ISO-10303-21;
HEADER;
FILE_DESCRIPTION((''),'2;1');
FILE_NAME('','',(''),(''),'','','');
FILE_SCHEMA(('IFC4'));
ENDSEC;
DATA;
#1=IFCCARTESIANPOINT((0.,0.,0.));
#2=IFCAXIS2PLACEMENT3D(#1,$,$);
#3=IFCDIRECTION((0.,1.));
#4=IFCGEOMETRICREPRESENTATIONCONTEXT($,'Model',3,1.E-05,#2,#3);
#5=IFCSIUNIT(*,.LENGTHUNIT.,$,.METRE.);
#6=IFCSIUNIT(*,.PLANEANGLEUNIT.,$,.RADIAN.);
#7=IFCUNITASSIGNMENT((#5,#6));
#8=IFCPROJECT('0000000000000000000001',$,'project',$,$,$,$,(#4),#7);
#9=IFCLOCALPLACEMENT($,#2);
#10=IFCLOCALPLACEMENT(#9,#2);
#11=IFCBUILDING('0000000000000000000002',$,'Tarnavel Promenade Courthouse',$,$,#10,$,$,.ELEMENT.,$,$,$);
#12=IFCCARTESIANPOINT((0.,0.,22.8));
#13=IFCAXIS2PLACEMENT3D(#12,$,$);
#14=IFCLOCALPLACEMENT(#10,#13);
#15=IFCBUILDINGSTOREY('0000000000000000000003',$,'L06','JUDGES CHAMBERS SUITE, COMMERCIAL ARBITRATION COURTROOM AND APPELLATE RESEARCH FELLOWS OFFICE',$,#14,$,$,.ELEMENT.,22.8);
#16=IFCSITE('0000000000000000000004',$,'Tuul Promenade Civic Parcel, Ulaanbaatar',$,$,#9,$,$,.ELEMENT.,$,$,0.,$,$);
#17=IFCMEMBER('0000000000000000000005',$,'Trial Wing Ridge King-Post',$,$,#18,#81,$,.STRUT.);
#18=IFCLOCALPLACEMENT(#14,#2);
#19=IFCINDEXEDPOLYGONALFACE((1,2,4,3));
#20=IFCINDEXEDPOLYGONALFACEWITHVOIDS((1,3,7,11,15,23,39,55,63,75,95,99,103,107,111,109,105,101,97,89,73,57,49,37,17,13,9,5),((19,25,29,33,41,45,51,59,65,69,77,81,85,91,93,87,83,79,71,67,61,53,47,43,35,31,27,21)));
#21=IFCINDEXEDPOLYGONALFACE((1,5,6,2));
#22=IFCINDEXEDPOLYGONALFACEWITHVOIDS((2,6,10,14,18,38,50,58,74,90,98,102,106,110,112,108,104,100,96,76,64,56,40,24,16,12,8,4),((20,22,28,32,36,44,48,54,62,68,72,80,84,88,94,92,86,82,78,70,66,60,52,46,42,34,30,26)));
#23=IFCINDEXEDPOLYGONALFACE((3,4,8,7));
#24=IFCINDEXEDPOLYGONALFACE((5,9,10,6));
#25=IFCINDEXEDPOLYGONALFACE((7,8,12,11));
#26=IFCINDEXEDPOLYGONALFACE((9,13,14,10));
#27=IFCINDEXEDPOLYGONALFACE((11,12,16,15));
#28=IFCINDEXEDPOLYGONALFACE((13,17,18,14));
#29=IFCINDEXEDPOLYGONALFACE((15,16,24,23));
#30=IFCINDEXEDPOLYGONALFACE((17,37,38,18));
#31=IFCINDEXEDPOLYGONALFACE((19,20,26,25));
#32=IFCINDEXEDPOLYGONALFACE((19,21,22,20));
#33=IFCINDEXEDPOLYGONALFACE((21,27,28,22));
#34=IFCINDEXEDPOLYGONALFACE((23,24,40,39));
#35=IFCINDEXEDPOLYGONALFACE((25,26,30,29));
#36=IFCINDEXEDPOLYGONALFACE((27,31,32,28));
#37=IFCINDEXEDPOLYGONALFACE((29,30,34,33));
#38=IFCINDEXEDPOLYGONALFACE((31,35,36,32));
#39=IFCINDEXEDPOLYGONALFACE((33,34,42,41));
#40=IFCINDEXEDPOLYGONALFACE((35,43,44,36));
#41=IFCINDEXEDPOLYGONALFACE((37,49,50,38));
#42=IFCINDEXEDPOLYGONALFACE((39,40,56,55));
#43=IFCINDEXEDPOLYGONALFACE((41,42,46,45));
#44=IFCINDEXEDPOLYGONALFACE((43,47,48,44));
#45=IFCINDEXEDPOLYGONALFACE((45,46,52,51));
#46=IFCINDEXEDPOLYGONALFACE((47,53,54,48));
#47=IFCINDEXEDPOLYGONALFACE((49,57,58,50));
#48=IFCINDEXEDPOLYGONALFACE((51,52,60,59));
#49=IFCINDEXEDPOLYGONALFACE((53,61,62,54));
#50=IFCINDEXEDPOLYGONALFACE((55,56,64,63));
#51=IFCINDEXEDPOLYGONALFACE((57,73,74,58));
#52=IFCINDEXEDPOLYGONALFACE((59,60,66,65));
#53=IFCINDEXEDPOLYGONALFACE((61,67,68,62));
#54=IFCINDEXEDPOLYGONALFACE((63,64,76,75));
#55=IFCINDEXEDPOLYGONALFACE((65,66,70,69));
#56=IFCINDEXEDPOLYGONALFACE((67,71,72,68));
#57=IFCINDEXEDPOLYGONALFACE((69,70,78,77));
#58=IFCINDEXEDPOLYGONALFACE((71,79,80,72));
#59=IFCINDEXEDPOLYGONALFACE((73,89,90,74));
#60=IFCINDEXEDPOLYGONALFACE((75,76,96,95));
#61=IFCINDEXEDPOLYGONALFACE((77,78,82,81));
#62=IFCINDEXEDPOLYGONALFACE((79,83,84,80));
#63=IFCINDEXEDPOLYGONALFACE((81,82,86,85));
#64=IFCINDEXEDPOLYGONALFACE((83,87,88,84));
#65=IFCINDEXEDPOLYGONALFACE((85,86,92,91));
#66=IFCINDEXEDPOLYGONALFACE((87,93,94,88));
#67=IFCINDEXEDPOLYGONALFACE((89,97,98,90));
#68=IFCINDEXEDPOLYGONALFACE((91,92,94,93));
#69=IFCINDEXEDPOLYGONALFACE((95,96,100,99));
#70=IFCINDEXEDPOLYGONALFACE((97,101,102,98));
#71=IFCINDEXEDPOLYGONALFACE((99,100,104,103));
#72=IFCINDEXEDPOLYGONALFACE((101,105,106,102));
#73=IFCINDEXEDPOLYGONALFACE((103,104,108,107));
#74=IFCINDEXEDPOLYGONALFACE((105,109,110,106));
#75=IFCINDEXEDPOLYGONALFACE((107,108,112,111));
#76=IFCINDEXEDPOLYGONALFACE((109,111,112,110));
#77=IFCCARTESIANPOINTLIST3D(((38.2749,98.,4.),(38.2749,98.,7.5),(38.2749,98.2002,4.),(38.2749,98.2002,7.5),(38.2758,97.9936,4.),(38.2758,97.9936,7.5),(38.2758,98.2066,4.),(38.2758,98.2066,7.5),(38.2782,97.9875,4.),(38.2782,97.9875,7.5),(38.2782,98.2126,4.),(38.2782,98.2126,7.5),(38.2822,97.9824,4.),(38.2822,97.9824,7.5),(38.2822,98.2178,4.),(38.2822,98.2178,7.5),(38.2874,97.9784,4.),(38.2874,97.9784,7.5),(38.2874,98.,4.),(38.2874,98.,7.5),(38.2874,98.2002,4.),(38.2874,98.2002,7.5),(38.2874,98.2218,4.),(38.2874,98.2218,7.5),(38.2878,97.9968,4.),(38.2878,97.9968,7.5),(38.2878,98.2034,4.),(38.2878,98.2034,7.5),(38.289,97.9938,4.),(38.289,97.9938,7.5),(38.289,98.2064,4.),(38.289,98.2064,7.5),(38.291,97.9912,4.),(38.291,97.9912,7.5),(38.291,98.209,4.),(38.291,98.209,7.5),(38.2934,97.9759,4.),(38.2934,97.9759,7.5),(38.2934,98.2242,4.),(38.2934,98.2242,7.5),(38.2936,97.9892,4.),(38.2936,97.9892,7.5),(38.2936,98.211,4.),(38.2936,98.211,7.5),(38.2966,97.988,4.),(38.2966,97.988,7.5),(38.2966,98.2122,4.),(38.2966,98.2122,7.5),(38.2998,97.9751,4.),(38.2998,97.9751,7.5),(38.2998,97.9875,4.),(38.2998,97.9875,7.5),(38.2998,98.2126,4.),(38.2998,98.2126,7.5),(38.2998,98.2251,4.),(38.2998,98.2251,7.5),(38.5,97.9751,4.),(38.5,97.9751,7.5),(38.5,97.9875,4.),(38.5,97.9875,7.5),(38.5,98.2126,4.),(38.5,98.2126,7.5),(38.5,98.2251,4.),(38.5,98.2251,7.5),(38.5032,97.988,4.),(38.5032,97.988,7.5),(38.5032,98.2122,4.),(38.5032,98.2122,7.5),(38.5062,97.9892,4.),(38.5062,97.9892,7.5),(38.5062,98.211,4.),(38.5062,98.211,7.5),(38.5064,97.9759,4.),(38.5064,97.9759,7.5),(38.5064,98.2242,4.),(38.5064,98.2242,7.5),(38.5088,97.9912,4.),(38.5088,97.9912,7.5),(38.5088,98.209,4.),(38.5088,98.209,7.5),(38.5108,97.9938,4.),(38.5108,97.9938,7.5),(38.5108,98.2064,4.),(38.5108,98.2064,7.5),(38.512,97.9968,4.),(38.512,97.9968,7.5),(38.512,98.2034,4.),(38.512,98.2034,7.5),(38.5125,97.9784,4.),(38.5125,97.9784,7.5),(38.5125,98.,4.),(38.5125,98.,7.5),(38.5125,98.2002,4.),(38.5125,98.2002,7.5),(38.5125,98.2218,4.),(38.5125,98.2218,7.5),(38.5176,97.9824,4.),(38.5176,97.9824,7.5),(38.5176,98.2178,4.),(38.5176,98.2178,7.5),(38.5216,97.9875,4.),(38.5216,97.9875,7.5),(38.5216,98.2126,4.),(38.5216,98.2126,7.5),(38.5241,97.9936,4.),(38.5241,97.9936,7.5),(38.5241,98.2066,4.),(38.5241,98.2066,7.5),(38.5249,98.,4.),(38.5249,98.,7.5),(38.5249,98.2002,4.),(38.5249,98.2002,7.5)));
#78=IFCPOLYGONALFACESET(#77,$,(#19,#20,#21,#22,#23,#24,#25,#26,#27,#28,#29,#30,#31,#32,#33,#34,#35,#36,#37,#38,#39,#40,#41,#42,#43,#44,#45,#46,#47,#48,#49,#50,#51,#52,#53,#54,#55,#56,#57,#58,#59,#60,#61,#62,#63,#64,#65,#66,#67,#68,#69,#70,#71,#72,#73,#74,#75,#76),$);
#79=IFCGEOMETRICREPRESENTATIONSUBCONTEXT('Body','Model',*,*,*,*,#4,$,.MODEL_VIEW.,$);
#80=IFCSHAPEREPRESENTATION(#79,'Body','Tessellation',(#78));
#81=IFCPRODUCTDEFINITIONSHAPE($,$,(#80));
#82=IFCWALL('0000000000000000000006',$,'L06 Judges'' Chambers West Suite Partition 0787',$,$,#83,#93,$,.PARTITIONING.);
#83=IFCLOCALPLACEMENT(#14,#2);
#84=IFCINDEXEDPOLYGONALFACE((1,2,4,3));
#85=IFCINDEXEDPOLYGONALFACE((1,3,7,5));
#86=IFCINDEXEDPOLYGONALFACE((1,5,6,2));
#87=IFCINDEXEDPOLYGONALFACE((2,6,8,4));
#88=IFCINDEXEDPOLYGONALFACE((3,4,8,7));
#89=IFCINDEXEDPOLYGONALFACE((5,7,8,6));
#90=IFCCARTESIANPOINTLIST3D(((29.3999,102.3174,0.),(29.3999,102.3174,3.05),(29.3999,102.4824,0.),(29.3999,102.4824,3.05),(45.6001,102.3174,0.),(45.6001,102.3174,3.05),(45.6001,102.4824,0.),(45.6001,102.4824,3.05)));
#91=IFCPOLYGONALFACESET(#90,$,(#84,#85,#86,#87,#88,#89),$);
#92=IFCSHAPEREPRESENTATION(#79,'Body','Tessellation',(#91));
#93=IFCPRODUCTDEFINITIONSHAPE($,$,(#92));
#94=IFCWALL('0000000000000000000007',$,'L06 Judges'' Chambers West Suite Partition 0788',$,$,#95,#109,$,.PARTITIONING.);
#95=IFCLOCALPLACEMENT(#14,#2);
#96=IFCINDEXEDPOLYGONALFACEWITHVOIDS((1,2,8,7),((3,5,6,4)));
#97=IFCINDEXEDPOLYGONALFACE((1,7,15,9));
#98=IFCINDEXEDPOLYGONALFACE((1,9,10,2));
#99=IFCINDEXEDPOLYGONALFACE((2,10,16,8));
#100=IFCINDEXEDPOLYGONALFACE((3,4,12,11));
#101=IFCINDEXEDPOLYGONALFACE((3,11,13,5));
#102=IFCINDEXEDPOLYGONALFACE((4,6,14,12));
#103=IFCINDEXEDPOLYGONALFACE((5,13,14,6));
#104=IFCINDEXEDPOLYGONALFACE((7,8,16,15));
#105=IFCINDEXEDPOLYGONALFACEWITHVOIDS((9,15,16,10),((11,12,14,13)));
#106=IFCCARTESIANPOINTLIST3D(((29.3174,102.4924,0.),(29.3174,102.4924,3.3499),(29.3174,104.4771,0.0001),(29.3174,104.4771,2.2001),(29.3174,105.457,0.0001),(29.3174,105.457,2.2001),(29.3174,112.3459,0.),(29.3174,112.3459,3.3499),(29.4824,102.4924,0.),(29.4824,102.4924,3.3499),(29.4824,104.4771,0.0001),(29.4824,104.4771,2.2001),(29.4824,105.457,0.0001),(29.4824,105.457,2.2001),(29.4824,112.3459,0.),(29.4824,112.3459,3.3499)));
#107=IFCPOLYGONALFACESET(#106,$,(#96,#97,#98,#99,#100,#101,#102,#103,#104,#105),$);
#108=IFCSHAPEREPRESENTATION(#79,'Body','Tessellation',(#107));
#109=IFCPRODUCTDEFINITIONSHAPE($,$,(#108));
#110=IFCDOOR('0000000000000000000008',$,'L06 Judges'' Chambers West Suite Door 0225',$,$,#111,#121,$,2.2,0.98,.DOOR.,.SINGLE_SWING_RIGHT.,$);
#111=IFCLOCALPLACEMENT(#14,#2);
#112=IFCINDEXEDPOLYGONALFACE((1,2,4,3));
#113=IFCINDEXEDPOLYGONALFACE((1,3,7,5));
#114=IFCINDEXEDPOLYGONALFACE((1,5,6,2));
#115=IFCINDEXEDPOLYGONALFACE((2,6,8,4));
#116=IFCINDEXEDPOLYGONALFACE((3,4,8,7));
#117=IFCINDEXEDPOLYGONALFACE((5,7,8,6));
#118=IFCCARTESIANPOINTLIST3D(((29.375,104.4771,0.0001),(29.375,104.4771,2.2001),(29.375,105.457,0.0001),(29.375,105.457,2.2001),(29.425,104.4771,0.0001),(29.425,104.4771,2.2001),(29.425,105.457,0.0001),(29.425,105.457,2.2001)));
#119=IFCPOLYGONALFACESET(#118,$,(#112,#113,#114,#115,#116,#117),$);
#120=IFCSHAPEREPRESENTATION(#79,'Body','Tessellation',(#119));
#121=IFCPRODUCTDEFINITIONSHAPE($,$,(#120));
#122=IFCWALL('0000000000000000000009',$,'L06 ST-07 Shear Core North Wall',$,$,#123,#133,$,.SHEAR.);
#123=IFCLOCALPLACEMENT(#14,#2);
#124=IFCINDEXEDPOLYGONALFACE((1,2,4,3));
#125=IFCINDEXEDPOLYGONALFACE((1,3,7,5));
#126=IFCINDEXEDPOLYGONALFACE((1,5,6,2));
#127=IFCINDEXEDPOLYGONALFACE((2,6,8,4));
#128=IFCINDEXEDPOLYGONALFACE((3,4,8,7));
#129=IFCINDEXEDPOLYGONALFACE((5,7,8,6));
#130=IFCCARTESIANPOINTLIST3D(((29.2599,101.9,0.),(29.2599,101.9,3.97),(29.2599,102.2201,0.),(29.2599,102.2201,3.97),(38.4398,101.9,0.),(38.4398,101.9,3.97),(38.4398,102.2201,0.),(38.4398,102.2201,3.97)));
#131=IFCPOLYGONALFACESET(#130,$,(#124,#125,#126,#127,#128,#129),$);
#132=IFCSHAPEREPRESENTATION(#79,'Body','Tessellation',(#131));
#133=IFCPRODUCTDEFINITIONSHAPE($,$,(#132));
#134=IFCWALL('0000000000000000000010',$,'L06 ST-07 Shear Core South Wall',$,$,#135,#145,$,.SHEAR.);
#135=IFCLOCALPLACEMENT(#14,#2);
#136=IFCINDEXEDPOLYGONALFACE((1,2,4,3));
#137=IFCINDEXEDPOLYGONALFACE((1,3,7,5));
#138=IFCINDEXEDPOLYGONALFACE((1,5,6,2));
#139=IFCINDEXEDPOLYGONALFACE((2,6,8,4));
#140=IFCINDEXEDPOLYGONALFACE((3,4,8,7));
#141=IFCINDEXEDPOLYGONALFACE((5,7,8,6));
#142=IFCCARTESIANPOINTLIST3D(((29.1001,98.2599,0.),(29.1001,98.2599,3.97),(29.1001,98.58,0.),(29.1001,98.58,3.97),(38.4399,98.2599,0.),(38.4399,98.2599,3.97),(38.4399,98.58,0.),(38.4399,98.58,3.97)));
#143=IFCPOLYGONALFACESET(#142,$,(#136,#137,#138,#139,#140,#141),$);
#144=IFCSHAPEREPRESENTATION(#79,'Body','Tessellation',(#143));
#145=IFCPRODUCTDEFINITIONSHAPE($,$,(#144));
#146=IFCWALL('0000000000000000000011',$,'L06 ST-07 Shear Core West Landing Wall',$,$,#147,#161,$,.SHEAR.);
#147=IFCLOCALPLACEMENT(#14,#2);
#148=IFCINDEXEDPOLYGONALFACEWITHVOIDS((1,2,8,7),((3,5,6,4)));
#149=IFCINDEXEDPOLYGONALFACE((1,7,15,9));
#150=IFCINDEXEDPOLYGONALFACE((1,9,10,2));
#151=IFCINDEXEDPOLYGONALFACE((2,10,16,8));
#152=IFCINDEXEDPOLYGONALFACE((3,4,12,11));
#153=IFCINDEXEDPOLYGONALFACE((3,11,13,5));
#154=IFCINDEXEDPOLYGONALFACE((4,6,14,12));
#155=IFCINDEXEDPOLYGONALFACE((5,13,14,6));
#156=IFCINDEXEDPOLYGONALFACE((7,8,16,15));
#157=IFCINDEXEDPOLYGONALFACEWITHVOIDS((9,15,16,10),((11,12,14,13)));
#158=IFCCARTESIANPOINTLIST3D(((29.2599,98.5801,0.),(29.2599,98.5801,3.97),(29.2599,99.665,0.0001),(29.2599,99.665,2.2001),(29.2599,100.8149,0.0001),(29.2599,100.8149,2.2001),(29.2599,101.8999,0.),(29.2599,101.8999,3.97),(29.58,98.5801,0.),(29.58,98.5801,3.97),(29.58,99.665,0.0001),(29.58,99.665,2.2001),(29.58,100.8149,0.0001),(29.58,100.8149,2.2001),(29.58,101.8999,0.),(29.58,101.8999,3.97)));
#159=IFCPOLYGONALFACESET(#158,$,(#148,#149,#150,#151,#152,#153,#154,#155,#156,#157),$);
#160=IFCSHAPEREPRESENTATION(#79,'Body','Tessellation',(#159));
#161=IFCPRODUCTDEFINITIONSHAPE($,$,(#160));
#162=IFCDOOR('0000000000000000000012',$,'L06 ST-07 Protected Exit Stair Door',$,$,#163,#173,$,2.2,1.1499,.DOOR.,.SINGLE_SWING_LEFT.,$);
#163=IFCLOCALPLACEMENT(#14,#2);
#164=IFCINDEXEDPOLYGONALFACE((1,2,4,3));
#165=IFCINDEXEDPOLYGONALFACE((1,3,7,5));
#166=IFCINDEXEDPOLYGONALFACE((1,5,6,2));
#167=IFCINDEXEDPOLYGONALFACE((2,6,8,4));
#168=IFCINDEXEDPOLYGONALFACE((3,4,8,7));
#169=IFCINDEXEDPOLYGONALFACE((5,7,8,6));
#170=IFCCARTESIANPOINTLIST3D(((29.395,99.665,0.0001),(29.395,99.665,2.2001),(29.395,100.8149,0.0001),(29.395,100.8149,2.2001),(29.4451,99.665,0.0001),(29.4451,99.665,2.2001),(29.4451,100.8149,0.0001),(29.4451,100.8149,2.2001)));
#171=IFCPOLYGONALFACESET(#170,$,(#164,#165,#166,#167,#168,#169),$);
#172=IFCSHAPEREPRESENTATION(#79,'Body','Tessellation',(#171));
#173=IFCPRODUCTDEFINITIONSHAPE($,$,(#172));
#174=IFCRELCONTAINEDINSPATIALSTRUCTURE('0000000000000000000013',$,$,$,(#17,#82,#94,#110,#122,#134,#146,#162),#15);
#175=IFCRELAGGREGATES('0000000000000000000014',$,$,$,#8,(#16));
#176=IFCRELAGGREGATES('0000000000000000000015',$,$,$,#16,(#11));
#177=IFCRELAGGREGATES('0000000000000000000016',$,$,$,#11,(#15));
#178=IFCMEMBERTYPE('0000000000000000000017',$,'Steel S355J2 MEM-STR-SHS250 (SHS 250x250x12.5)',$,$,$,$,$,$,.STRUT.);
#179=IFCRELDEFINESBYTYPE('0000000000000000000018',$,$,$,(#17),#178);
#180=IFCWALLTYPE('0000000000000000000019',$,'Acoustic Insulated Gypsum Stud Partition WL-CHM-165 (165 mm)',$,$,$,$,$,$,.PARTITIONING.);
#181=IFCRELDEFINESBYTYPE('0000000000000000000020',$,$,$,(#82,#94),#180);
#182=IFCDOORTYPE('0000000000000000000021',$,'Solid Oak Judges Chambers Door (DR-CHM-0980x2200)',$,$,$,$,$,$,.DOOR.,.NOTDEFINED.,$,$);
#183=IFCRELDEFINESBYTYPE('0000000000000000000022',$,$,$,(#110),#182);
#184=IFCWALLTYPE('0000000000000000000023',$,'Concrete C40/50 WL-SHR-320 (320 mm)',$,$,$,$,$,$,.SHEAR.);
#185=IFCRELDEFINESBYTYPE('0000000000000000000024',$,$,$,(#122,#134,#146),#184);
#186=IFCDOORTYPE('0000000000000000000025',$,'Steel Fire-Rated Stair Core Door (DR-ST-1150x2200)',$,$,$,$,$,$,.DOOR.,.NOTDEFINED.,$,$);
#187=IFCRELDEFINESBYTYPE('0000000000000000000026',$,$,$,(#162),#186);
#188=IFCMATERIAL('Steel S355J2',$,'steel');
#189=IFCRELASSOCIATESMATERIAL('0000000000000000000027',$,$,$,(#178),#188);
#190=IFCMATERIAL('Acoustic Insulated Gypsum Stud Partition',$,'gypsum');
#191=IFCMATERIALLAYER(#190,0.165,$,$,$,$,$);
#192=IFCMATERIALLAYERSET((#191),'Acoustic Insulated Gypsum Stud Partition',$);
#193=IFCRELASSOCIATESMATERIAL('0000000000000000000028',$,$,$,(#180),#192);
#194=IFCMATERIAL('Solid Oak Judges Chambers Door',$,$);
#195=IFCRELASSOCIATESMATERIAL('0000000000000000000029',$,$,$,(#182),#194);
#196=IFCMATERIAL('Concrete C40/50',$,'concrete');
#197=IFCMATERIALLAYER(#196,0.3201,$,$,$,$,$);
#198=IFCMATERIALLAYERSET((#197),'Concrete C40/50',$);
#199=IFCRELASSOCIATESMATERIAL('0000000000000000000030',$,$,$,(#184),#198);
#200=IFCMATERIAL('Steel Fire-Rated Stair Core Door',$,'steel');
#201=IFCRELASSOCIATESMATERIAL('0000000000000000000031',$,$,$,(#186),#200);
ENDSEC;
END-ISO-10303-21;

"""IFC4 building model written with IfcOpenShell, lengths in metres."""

from ifc_helpers import new_model, si_unit, direction, frame, frame_2d, origin, origin_2d, place, context, subcontext, project, spatial, rectangle, hollow_rectangle, extrude, material, layer, layer_set, material_profile, profile_set, type_object, element, fill, save


model = new_model("IFC4")

# Units and contexts
model_context = context("Model", 3, precision=1e-05, world=origin(), true_north=direction((0.0, 1.0)))
body_context = subcontext(model_context, "Body", "Model", "MODEL_VIEW")
ifc_project = project(units=[si_unit("LENGTHUNIT", "METRE"), si_unit("PLANEANGLEUNIT", "RADIAN")], contexts=[model_context])

# Site, building, storey
site_placement = place(None, origin())
site = spatial("IfcSite", under=ifc_project, at=site_placement, Name="Tuul Promenade Civic Parcel, Ulaanbaatar", CompositionType="ELEMENT", RefElevation=0.0)
building_placement = place(site_placement, origin())
building = spatial("IfcBuilding", under=site, at=building_placement, Name="Tarnavel Promenade Courthouse", CompositionType="ELEMENT")
storey_placement = place(building_placement, frame((0.0, 0.0, 22.8)))
storey = spatial("IfcBuildingStorey", under=building, at=storey_placement, Name="L06", Description="JUDGES CHAMBERS SUITE, COMMERCIAL ARBITRATION COURTROOM AND APPELLATE RESEARCH FELLOWS OFFICE", CompositionType="ELEMENT", Elevation=22.8)

# Shared definitions
ifc_material_1 = material(Name="Concrete C40/50", Category="concrete")

# Shared definitions
ifc_material_2 = material(Name="Steel S355J2", Category="steel")

# Member
ifc_material_profile_1 = material_profile(ifc_material_2, hollow_rectangle(XDim=0.25, YDim=0.25, WallThickness=0.0125, InnerFilletRadius=0.0125, OuterFilletRadius=0.0249, at=origin_2d()), Name="SHS 250x250x12.5")
ifc_profile_set_1 = profile_set([ifc_material_profile_1], Name="Steel S355J2")
member_type_1 = type_object("IfcMemberType", Name="Steel S355J2 MEM-STR-SHS250 (SHS 250x250x12.5)", PredefinedType="STRUT", material=ifc_profile_set_1)
member_1_placement = place(storey_placement, frame((38.3999, 98.1001, 4.0), z_axis=(0.0, 0.0, 1.0), x_axis=(1.0, 0.0, 0.0)))
element("IfcMember", 1, at=member_1_placement, inside=storey, type_object=member_type_1, Name="Trial Wing Ridge King-Post", PredefinedType="STRUT", context=body_context, shape_type="SweptSolid", body=[
    extrude(hollow_rectangle(XDim=0.25, YDim=0.25, WallThickness=0.0125, InnerFilletRadius=0.0125, OuterFilletRadius=0.0249, at=origin_2d()), origin(), (0.0, 0.0, 1.0), 3.5),
])

# Wall
ifc_material_3 = material(Name="Acoustic Insulated Gypsum Stud Partition", Category="gypsum")
ifc_layer_1 = layer(ifc_material_3, 0.165)
ifc_layer_set_1 = layer_set([ifc_layer_1], Name="Acoustic Insulated Gypsum Stud Partition")
wall_type_1 = type_object("IfcWallType", Name="Acoustic Insulated Gypsum Stud Partition WL-CHM-165 (165 mm)", PredefinedType="PARTITIONING", material=ifc_layer_set_1)
wall_1_placement = place(storey_placement, frame((45.6001, 102.3999, 0.0), z_axis=(0.0, 0.0, 1.0), x_axis=(-1.0, 0.0, 0.0)))
element("IfcWall", 2, at=wall_1_placement, inside=storey, type_object=wall_type_1, Name="L06 Judges' Chambers West Suite Partition 0787", PredefinedType="PARTITIONING", context=body_context, shape_type="SweptSolid", body=[
    extrude(rectangle(XDim=16.2002, YDim=0.165, at=frame_2d((8.1001, 0.0))), origin(), (0.0, 0.0, 1.0), 3.05),
])

# Wall, opening, door
wall_2_placement = place(storey_placement, frame((29.3999, 102.4924, 0.0), z_axis=(0.0, 0.0, 1.0), x_axis=(0.0, 1.0, 0.0)))
wall_2 = element("IfcWall", 3, at=wall_2_placement, inside=storey, type_object=wall_type_1, Name="L06 Judges' Chambers West Suite Partition 0788", PredefinedType="PARTITIONING", context=body_context, shape_type="SweptSolid", body=[
    extrude(rectangle(XDim=9.8535, YDim=0.165, at=frame_2d((4.9268, 0.0))), origin(), (0.0, 0.0, 1.0), 3.3499),
])
opening_1_placement = place(wall_2_placement, frame((1.9846, 0.0, 0.0)))
opening_1 = element("IfcOpeningElement", 4, at=opening_1_placement, cuts=wall_2, PredefinedType="OPENING", context=body_context, shape_type="SweptSolid", body=[
    extrude(rectangle(XDim=0.98, YDim=2.2, at=frame_2d((0.49, 1.1001))), frame((0.0, 0.0925, 0.0), z_axis=(0.0, -1.0, 0.0), x_axis=(1.0, 0.0, 0.0)), (0.0, 0.0, 1.0), 0.1851),
])
ifc_material_4 = material(Name="Solid Oak Judges Chambers Door")
door_type_1 = type_object("IfcDoorType", Name="Solid Oak Judges Chambers Door (DR-CHM-0980x2200)", OperationType="NOTDEFINED", PredefinedType="DOOR", material=ifc_material_4)
door_1_placement = place(opening_1_placement, origin())
door_1 = element("IfcDoor", 5, at=door_1_placement, inside=storey, type_object=door_type_1, Name="L06 Judges' Chambers West Suite Door 0225", OperationType="SINGLE_SWING_RIGHT", OverallHeight=2.2, OverallWidth=0.98, PredefinedType="DOOR", context=body_context, shape_type="SweptSolid", body=[
    extrude(rectangle(XDim=0.98, YDim=2.2, at=frame_2d((0.49, 1.1001))), frame((0.0, 0.0249, 0.0), z_axis=(0.0, -1.0, 0.0), x_axis=(1.0, 0.0, 0.0)), (0.0, 0.0, 1.0), 0.05),
])
fill(opening_1, door_1)

# Walls
ifc_layer_2 = layer(ifc_material_1, 0.3201)
ifc_layer_set_2 = layer_set([ifc_layer_2], Name="Concrete C40/50")
wall_type_2 = type_object("IfcWallType", Name="Concrete C40/50 WL-SHR-320 (320 mm)", PredefinedType="SHEAR", material=ifc_layer_set_2)
wall_3_placement = place(storey_placement, frame((29.26, 102.0601, 0.0), z_axis=(0.0, 0.0, 1.0), x_axis=(1.0, 0.0, 0.0)))
element("IfcWall", 6, at=wall_3_placement, inside=storey, type_object=wall_type_2, Name="L06 ST-07 Shear Core North Wall", PredefinedType="SHEAR", context=body_context, shape_type="SweptSolid", body=[
    extrude(rectangle(XDim=9.1799, YDim=0.3201, at=frame_2d((4.5898, 0.0))), origin(), (0.0, 0.0, 1.0), 3.97),
])
wall_4_placement = place(storey_placement, frame((38.4399, 98.4199, 0.0), z_axis=(0.0, 0.0, 1.0), x_axis=(-1.0, 0.0, 0.0)))
element("IfcWall", 7, at=wall_4_placement, inside=storey, type_object=wall_type_2, Name="L06 ST-07 Shear Core South Wall", PredefinedType="SHEAR", context=body_context, shape_type="SweptSolid", body=[
    extrude(rectangle(XDim=9.3398, YDim=0.3201, at=frame_2d((4.6699, 0.0))), origin(), (0.0, 0.0, 1.0), 3.97),
])

# Wall, opening, door
wall_5_placement = place(storey_placement, frame((29.4199, 98.5801, 0.0), z_axis=(0.0, 0.0, 1.0), x_axis=(0.0, 1.0, 0.0)))
wall_5 = element("IfcWall", 8, at=wall_5_placement, inside=storey, type_object=wall_type_2, Name="L06 ST-07 Shear Core West Landing Wall", PredefinedType="SHEAR", context=body_context, shape_type="SweptSolid", body=[
    extrude(rectangle(XDim=3.3198, YDim=0.3201, at=frame_2d((1.6599, 0.0))), origin(), (0.0, 0.0, 1.0), 3.97),
])
opening_2_placement = place(wall_5_placement, frame((1.085, 0.0, 0.0)))
opening_2 = element("IfcOpeningElement", 9, at=opening_2_placement, cuts=wall_5, PredefinedType="OPENING", context=body_context, shape_type="SweptSolid", body=[
    extrude(rectangle(XDim=1.1499, YDim=2.2, at=frame_2d((0.575, 1.1001))), frame((0.0, 0.1699, 0.0), z_axis=(0.0, -1.0, 0.0), x_axis=(1.0, 0.0, 0.0)), (0.0, 0.0, 1.0), 0.3401),
])
ifc_material_5 = material(Name="Steel Fire-Rated Stair Core Door", Category="steel")
door_type_2 = type_object("IfcDoorType", Name="Steel Fire-Rated Stair Core Door (DR-ST-1150x2200)", OperationType="NOTDEFINED", PredefinedType="DOOR", material=ifc_material_5)
door_2_placement = place(opening_2_placement, origin())
door_2 = element("IfcDoor", 10, at=door_2_placement, inside=storey, type_object=door_type_2, Name="L06 ST-07 Protected Exit Stair Door", OperationType="SINGLE_SWING_LEFT", OverallHeight=2.2, OverallWidth=1.1499, PredefinedType="DOOR", context=body_context, shape_type="SweptSolid", body=[
    extrude(rectangle(XDim=1.1499, YDim=2.2, at=frame_2d((0.575, 1.1001))), frame((0.0, 0.0249, 0.0), z_axis=(0.0, -1.0, 0.0), x_axis=(1.0, 0.0, 0.0)), (0.0, 0.0, 1.0), 0.05),
])
fill(opening_2, door_2)

save(model, "model.ifc")
